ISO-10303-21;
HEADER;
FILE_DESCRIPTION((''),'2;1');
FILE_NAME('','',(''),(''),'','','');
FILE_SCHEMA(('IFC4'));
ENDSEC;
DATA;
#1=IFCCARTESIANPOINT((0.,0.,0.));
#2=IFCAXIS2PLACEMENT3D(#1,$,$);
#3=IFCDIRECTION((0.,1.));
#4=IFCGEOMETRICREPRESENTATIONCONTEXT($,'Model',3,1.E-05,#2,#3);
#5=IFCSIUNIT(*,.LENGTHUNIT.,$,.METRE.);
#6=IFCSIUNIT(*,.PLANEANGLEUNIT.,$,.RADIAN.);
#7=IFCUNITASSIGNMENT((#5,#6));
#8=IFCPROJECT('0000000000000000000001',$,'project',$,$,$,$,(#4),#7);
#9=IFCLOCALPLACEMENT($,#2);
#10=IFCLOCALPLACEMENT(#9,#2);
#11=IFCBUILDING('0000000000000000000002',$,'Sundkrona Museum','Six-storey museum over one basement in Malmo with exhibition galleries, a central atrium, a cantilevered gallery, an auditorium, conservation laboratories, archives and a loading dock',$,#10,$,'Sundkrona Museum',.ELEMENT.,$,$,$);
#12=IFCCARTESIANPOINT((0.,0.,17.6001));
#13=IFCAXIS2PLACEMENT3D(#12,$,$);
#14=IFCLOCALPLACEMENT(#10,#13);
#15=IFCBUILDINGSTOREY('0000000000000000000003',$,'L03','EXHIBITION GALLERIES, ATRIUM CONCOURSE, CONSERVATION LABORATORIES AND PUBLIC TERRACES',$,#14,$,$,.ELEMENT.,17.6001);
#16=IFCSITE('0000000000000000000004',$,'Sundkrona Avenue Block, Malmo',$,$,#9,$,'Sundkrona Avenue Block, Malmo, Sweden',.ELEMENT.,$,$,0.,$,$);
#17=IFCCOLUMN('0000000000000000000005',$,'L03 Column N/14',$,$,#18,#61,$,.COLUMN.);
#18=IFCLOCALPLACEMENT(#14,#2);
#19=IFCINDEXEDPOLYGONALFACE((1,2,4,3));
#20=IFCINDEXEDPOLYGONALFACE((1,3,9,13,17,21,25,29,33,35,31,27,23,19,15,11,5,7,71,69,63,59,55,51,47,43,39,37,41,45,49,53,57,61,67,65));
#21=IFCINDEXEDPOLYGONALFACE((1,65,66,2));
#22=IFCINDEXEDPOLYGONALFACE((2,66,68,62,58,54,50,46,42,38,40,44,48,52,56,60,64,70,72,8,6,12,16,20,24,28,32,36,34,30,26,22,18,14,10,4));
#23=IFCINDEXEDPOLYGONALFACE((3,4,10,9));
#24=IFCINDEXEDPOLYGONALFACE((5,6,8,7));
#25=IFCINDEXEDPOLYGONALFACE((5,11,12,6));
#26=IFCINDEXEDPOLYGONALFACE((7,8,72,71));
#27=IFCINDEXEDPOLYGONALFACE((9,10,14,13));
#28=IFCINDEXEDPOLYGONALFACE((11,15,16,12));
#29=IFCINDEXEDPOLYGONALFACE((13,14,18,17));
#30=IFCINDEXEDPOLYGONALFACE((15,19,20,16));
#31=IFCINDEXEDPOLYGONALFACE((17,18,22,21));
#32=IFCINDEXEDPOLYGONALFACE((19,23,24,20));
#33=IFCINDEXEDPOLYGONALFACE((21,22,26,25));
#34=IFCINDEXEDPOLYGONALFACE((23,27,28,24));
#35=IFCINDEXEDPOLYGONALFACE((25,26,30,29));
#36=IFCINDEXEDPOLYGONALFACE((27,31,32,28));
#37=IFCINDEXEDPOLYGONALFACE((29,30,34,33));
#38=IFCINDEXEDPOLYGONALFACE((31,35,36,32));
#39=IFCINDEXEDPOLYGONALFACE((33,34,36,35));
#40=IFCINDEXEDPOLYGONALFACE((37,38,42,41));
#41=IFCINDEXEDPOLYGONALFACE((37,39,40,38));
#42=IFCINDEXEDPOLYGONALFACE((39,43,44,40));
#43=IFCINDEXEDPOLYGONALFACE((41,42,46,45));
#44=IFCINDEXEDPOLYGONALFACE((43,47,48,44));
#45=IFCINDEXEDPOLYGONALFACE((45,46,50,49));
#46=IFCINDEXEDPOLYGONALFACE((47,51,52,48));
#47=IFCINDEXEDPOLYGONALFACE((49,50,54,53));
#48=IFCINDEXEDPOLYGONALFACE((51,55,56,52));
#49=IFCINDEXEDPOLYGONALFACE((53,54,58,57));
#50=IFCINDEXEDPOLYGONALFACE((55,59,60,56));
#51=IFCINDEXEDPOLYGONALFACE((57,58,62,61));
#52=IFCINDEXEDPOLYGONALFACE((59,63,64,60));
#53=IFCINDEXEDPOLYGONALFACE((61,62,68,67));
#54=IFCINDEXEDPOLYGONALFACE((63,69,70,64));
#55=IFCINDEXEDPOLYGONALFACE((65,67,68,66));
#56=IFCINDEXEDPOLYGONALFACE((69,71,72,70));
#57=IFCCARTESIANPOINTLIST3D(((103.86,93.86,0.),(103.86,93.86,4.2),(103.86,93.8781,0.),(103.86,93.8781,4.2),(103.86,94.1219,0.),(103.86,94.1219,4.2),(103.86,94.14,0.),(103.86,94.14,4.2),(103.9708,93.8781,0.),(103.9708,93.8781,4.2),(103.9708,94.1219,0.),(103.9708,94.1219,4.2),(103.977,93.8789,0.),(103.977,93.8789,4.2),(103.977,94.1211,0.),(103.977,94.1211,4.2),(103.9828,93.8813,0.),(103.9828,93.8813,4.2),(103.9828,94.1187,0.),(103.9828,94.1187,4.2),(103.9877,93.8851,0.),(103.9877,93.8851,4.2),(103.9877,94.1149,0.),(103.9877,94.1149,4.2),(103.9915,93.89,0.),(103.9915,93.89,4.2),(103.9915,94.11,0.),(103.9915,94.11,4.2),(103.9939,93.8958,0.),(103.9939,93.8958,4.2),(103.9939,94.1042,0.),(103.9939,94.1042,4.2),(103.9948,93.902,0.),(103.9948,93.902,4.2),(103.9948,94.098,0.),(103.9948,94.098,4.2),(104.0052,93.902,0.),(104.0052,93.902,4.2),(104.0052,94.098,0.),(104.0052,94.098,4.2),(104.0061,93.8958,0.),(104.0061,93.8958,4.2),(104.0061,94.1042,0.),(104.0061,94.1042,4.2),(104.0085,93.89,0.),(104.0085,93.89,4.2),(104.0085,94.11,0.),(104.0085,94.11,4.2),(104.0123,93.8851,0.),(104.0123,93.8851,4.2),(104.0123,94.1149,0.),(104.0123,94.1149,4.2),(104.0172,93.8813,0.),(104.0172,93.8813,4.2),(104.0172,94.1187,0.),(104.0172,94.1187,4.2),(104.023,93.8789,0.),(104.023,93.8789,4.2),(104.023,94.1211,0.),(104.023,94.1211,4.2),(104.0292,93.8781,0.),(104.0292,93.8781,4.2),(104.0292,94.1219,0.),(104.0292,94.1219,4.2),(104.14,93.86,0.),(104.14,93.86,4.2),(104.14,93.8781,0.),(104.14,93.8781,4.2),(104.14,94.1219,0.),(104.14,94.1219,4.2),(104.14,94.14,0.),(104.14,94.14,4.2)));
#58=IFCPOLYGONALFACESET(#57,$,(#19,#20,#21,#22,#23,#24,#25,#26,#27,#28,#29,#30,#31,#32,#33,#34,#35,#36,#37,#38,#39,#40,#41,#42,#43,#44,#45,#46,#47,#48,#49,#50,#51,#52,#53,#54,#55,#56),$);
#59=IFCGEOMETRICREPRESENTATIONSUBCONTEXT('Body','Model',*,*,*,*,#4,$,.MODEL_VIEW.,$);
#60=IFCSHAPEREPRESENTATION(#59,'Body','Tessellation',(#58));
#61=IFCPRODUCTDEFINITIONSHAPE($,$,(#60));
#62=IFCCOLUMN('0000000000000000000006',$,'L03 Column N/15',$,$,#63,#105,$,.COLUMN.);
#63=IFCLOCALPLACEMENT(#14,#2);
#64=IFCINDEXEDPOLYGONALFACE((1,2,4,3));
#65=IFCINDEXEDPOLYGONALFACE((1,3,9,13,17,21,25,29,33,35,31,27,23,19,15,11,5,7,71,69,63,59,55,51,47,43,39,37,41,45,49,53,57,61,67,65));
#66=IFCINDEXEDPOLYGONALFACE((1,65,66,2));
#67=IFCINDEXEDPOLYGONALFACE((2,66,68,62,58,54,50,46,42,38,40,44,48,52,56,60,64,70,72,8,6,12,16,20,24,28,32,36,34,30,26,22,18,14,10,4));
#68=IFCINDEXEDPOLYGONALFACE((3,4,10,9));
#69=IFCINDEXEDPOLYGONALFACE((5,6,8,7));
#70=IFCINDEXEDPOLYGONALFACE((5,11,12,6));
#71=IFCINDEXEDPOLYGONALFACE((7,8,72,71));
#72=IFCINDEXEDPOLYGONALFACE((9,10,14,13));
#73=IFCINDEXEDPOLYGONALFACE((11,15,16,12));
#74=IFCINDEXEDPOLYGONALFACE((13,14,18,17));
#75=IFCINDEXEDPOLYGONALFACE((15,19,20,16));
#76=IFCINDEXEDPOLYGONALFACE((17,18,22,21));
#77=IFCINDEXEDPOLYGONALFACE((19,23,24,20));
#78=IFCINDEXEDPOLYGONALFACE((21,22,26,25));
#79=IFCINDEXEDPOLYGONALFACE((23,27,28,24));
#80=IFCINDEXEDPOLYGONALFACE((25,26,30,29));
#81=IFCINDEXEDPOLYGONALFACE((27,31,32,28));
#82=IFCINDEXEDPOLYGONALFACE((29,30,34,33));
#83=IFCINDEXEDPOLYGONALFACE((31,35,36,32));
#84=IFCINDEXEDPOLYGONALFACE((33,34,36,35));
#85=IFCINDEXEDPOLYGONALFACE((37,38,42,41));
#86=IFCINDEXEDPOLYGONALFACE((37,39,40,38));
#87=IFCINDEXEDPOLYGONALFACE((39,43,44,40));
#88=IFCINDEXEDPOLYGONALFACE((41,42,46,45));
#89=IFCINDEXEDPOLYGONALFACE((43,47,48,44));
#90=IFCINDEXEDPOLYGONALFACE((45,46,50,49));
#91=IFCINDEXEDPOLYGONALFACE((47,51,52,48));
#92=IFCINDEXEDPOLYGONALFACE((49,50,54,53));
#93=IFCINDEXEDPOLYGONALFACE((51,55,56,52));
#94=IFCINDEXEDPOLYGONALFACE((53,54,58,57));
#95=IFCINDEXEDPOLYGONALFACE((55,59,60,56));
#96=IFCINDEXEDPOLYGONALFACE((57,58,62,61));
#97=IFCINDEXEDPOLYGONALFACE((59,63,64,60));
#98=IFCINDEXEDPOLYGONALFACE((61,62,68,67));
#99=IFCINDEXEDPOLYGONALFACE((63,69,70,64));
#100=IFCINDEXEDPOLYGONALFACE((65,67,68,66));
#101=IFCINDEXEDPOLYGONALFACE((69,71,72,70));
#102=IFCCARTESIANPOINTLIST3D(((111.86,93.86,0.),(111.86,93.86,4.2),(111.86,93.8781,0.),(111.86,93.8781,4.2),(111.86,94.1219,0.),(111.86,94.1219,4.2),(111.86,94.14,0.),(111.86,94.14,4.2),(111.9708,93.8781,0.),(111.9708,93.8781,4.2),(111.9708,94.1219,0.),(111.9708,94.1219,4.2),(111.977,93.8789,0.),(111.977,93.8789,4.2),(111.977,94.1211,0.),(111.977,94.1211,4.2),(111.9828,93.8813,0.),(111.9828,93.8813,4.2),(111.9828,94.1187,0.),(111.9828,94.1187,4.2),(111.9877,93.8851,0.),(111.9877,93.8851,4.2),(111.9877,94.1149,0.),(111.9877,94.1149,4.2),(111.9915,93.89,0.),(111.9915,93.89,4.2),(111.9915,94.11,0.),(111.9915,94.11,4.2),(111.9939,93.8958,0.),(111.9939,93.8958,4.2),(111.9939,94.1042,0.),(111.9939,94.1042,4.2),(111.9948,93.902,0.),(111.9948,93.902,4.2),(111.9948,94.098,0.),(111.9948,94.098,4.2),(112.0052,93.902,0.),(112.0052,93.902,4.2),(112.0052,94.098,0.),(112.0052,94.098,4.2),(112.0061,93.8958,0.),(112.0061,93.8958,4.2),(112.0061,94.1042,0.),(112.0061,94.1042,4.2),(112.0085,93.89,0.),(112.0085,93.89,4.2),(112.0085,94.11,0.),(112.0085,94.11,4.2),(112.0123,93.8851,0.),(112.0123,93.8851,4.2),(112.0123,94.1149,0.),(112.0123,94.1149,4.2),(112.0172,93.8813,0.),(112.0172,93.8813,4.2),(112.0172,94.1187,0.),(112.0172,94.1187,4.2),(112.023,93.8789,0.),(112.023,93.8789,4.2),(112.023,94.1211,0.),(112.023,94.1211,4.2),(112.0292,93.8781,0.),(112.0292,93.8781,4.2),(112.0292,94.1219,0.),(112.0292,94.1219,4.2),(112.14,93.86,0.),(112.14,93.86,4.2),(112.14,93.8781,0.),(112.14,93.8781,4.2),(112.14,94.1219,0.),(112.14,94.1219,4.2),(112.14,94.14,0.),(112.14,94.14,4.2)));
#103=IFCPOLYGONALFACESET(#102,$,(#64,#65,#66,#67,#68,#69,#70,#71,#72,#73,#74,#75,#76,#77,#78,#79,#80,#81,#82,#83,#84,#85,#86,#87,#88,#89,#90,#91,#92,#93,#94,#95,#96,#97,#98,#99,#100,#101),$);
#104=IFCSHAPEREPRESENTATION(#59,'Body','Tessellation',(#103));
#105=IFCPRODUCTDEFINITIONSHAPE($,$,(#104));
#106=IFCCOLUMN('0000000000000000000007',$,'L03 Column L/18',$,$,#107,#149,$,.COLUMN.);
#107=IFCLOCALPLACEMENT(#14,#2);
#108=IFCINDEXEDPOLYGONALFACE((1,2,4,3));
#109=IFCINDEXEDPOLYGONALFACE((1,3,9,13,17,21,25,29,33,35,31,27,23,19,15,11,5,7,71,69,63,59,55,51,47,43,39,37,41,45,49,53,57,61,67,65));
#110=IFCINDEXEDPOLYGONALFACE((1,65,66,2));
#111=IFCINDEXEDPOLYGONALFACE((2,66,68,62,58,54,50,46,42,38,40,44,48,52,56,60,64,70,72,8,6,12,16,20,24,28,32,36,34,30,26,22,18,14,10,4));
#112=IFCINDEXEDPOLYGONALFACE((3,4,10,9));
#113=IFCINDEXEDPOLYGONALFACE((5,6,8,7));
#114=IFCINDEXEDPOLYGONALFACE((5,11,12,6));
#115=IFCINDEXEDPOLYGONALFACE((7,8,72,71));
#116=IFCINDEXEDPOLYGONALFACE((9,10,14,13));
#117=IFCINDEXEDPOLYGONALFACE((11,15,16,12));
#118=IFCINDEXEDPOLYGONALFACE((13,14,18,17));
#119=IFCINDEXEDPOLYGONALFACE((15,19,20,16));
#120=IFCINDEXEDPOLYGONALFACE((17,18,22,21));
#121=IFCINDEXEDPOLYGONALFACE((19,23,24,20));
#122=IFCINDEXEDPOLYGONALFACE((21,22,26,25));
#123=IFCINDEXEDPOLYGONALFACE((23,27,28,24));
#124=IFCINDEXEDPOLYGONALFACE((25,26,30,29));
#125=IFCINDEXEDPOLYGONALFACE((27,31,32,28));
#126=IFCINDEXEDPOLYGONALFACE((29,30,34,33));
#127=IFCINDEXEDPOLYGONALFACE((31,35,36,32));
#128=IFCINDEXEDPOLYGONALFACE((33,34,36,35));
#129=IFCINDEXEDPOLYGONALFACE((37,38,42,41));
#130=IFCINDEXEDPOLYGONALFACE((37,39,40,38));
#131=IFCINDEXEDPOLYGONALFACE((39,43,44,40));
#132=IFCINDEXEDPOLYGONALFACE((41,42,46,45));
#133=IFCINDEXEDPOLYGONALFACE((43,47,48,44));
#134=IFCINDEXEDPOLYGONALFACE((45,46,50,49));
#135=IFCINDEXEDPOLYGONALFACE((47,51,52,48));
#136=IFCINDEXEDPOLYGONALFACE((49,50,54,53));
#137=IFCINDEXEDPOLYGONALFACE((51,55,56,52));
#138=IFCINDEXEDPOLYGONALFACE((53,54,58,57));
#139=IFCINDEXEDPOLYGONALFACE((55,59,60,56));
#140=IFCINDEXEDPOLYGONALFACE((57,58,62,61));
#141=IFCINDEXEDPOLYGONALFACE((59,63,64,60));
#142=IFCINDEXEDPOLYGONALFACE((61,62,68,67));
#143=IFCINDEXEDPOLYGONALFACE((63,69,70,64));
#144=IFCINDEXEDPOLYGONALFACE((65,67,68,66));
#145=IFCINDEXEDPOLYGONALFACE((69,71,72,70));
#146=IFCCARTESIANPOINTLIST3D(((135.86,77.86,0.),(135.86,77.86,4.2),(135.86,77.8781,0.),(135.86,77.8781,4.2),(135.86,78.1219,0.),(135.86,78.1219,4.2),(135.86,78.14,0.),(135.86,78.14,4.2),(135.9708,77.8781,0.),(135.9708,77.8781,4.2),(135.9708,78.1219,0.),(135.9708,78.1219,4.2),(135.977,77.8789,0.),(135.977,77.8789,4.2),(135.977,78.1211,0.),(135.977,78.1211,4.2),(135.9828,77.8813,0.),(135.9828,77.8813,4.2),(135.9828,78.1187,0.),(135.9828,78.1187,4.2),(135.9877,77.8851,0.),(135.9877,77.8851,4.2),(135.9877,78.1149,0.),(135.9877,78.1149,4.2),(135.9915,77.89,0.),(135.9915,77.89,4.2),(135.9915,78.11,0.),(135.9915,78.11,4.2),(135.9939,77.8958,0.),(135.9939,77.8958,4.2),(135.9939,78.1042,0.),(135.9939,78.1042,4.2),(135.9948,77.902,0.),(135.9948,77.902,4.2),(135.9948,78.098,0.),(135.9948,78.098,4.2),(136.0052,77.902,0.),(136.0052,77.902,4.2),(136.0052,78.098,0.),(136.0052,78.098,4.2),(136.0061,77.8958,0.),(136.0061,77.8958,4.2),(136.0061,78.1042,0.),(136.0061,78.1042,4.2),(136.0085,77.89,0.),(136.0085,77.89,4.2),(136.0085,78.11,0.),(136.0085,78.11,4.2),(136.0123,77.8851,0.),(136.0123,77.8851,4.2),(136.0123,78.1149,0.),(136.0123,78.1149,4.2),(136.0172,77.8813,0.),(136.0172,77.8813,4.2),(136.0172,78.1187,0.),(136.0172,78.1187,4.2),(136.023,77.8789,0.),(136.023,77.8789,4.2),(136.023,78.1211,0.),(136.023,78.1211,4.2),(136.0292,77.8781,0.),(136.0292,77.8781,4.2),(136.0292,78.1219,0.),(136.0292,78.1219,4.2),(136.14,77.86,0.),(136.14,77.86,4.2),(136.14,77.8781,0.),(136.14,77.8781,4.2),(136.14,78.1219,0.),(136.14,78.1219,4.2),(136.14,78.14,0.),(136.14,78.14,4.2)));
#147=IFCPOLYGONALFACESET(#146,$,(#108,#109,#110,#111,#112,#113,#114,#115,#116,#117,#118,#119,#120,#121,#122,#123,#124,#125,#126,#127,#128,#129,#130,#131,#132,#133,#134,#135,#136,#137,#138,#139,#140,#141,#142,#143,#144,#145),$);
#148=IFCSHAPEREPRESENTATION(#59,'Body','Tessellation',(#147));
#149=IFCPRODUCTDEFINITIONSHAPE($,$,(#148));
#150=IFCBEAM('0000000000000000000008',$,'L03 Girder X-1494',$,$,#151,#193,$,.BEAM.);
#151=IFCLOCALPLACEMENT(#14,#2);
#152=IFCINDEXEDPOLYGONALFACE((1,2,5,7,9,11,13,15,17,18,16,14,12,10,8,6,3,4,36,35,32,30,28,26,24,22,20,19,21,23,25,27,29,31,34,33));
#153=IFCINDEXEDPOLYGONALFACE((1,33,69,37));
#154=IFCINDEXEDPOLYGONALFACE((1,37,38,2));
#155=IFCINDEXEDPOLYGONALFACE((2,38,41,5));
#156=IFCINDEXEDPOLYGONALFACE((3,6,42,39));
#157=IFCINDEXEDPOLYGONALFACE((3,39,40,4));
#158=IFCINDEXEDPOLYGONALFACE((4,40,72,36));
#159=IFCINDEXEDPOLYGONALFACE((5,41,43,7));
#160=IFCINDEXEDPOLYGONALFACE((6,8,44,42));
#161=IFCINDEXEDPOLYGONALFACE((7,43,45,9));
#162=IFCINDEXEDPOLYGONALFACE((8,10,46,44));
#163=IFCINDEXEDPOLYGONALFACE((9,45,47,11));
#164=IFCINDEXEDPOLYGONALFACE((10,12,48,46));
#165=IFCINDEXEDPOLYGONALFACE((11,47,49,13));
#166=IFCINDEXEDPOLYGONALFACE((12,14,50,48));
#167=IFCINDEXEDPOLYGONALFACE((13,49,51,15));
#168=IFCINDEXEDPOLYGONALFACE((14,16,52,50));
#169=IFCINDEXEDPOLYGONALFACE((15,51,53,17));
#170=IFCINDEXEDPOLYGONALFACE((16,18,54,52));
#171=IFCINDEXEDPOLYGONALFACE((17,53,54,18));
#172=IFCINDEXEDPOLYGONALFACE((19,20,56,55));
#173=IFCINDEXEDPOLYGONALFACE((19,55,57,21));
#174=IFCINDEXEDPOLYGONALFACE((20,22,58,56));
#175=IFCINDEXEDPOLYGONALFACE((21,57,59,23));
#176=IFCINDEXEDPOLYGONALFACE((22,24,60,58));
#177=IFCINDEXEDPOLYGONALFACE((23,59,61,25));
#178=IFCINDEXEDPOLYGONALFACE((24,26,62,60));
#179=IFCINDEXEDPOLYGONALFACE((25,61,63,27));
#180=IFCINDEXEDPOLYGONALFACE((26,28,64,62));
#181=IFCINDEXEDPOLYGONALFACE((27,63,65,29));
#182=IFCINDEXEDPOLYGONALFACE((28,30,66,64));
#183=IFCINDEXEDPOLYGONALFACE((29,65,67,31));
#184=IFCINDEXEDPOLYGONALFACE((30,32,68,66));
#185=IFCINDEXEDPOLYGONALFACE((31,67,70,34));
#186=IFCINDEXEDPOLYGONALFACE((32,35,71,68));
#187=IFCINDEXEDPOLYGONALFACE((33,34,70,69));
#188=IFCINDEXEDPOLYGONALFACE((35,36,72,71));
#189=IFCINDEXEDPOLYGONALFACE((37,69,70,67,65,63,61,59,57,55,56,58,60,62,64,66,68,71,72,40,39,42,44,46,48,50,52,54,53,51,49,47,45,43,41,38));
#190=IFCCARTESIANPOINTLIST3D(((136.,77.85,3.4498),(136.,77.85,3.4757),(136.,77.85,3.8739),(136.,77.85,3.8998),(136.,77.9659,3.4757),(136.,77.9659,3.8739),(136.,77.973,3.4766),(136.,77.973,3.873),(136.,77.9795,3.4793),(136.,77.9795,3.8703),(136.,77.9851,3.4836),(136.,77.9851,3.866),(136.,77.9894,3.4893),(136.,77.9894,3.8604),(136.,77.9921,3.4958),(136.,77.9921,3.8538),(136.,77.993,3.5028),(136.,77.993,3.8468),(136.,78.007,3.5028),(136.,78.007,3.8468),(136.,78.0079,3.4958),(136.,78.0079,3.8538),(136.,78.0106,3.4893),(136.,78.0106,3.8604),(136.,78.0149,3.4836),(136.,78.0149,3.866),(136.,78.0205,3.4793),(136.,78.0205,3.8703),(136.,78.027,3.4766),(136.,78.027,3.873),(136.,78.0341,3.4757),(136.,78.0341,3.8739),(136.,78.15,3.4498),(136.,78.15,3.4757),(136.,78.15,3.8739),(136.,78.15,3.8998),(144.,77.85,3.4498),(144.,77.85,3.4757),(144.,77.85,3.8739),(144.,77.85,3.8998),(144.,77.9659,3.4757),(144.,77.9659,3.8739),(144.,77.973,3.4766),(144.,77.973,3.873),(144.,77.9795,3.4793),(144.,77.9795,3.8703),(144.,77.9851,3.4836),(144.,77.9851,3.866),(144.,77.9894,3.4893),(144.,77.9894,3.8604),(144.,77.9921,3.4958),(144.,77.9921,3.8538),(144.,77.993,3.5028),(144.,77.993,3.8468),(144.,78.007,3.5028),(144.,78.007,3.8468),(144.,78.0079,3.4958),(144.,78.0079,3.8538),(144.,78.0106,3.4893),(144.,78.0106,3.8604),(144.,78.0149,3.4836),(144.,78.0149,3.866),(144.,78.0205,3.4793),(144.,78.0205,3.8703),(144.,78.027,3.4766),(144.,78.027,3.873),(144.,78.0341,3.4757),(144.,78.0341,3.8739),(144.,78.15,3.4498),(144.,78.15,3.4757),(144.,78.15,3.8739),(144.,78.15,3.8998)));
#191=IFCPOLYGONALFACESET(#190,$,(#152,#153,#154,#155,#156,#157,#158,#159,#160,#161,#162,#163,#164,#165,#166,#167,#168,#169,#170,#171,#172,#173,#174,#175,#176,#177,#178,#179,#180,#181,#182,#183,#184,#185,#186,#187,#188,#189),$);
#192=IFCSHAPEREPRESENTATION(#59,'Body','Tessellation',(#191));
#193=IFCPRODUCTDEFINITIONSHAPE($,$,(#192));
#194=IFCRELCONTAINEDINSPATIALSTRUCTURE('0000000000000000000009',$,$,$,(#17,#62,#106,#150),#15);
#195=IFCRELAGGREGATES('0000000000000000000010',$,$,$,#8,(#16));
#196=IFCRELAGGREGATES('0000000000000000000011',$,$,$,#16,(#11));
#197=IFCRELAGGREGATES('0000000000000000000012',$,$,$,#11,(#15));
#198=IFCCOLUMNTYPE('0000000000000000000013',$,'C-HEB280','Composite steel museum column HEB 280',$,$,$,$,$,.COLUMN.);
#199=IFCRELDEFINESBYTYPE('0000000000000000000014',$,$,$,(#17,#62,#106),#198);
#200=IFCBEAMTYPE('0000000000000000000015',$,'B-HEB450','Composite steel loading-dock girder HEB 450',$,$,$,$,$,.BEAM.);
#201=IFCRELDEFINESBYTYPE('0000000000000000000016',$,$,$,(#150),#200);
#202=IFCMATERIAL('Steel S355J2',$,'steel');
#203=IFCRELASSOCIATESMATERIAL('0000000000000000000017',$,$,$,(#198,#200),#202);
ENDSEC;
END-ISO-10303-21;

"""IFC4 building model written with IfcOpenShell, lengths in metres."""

from ifc_helpers import new_model, si_unit, direction, frame, origin, origin_2d, place, context, subcontext, project, spatial, i_section, extrude, material, material_profile, profile_set, type_object, element, save


model = new_model("IFC4")

# Units and contexts
model_context = context("Model", 3, precision=1e-05, world=origin(), true_north=direction((0.0, 1.0)))
body_context = subcontext(model_context, "Body", "Model", "MODEL_VIEW")
ifc_project = project(units=[si_unit("LENGTHUNIT", "METRE"), si_unit("PLANEANGLEUNIT", "RADIAN")], contexts=[model_context])

# Site, building, storey
site_placement = place(None, origin())
site = spatial("IfcSite", under=ifc_project, at=site_placement, Name="Sundkrona Avenue Block, Malmo", LongName="Sundkrona Avenue Block, Malmo, Sweden", CompositionType="ELEMENT", RefElevation=0.0)
building_placement = place(site_placement, origin())
building = spatial("IfcBuilding", under=site, at=building_placement, Name="Sundkrona Museum", Description="Six-storey museum over one basement in Malmo with exhibition galleries, a central atrium, a cantilevered gallery, an auditorium, conservation laboratories, archives and a loading dock", LongName="Sundkrona Museum", CompositionType="ELEMENT")
storey_placement = place(building_placement, frame((0.0, 0.0, 17.6001)))
storey = spatial("IfcBuildingStorey", under=building, at=storey_placement, Name="L03", Description="EXHIBITION GALLERIES, ATRIUM CONCOURSE, CONSERVATION LABORATORIES AND PUBLIC TERRACES", CompositionType="ELEMENT", Elevation=17.6001)

# Columns
ifc_material_1 = material(Name="Steel S355J2", Category="steel")
ifc_material_profile_1 = material_profile(ifc_material_1, i_section(OverallWidth=0.28, OverallDepth=0.28, WebThickness=0.0105, FlangeThickness=0.0181, FilletRadius=0.0239, at=origin_2d()), Name="HEB 280")
ifc_profile_set_1 = profile_set([ifc_material_profile_1], Name="Steel S355J2")
column_type = type_object("IfcColumnType", Name="C-HEB280", Description="Composite steel museum column HEB 280", PredefinedType="COLUMN", material=ifc_profile_set_1)
for number, where, z_axis, x_axis, name in (
    (1, (104.0, 94.0, 0.0), (0.0, 0.0, 1.0), (1.0, 0.0, 0.0), "L03 Column N/14"),
    (2, (112.0, 94.0, 0.0), (0.0, 0.0, 1.0), (1.0, 0.0, 0.0), "L03 Column N/15"),
    (3, (136.0, 78.0, 0.0), (0.0, 0.0, 1.0), (1.0, 0.0, 0.0), "L03 Column L/18"),
):
    element("IfcColumn", number, at=place(storey_placement, frame(where, z_axis=z_axis, x_axis=x_axis)), inside=storey, type_object=column_type, Name=name, PredefinedType="COLUMN", context=body_context, shape_type="SweptSolid", body=[
        extrude(i_section(OverallWidth=0.28, OverallDepth=0.28, WebThickness=0.0105, FlangeThickness=0.0181, FilletRadius=0.0239, at=origin_2d()), origin(), (0.0, 0.0, 1.0), 4.2),
    ])

# Beam
ifc_material_profile_2 = material_profile(ifc_material_1, i_section(OverallWidth=0.3, OverallDepth=0.45, WebThickness=0.0139, FlangeThickness=0.0259, FilletRadius=0.0271, at=origin_2d()), Name="HEB 450")
ifc_profile_set_2 = profile_set([ifc_material_profile_2], Name="Steel S355J2")
beam_type_1 = type_object("IfcBeamType", Name="B-HEB450", Description="Composite steel loading-dock girder HEB 450", PredefinedType="BEAM", material=ifc_profile_set_2)
beam_1_placement = place(storey_placement, frame((136.0, 78.0, 3.6748), z_axis=(1.0, 0.0, 0.0), x_axis=(0.0, 1.0, 0.0)))
element("IfcBeam", 4, at=beam_1_placement, inside=storey, type_object=beam_type_1, Name="L03 Girder X-1494", PredefinedType="BEAM", context=body_context, shape_type="SweptSolid", body=[
    extrude(i_section(OverallWidth=0.3, OverallDepth=0.45, WebThickness=0.0139, FlangeThickness=0.0259, FilletRadius=0.0271, at=origin_2d()), origin(), (0.0, 0.0, 1.0), 8.0),
])

save(model, "model.ifc")
